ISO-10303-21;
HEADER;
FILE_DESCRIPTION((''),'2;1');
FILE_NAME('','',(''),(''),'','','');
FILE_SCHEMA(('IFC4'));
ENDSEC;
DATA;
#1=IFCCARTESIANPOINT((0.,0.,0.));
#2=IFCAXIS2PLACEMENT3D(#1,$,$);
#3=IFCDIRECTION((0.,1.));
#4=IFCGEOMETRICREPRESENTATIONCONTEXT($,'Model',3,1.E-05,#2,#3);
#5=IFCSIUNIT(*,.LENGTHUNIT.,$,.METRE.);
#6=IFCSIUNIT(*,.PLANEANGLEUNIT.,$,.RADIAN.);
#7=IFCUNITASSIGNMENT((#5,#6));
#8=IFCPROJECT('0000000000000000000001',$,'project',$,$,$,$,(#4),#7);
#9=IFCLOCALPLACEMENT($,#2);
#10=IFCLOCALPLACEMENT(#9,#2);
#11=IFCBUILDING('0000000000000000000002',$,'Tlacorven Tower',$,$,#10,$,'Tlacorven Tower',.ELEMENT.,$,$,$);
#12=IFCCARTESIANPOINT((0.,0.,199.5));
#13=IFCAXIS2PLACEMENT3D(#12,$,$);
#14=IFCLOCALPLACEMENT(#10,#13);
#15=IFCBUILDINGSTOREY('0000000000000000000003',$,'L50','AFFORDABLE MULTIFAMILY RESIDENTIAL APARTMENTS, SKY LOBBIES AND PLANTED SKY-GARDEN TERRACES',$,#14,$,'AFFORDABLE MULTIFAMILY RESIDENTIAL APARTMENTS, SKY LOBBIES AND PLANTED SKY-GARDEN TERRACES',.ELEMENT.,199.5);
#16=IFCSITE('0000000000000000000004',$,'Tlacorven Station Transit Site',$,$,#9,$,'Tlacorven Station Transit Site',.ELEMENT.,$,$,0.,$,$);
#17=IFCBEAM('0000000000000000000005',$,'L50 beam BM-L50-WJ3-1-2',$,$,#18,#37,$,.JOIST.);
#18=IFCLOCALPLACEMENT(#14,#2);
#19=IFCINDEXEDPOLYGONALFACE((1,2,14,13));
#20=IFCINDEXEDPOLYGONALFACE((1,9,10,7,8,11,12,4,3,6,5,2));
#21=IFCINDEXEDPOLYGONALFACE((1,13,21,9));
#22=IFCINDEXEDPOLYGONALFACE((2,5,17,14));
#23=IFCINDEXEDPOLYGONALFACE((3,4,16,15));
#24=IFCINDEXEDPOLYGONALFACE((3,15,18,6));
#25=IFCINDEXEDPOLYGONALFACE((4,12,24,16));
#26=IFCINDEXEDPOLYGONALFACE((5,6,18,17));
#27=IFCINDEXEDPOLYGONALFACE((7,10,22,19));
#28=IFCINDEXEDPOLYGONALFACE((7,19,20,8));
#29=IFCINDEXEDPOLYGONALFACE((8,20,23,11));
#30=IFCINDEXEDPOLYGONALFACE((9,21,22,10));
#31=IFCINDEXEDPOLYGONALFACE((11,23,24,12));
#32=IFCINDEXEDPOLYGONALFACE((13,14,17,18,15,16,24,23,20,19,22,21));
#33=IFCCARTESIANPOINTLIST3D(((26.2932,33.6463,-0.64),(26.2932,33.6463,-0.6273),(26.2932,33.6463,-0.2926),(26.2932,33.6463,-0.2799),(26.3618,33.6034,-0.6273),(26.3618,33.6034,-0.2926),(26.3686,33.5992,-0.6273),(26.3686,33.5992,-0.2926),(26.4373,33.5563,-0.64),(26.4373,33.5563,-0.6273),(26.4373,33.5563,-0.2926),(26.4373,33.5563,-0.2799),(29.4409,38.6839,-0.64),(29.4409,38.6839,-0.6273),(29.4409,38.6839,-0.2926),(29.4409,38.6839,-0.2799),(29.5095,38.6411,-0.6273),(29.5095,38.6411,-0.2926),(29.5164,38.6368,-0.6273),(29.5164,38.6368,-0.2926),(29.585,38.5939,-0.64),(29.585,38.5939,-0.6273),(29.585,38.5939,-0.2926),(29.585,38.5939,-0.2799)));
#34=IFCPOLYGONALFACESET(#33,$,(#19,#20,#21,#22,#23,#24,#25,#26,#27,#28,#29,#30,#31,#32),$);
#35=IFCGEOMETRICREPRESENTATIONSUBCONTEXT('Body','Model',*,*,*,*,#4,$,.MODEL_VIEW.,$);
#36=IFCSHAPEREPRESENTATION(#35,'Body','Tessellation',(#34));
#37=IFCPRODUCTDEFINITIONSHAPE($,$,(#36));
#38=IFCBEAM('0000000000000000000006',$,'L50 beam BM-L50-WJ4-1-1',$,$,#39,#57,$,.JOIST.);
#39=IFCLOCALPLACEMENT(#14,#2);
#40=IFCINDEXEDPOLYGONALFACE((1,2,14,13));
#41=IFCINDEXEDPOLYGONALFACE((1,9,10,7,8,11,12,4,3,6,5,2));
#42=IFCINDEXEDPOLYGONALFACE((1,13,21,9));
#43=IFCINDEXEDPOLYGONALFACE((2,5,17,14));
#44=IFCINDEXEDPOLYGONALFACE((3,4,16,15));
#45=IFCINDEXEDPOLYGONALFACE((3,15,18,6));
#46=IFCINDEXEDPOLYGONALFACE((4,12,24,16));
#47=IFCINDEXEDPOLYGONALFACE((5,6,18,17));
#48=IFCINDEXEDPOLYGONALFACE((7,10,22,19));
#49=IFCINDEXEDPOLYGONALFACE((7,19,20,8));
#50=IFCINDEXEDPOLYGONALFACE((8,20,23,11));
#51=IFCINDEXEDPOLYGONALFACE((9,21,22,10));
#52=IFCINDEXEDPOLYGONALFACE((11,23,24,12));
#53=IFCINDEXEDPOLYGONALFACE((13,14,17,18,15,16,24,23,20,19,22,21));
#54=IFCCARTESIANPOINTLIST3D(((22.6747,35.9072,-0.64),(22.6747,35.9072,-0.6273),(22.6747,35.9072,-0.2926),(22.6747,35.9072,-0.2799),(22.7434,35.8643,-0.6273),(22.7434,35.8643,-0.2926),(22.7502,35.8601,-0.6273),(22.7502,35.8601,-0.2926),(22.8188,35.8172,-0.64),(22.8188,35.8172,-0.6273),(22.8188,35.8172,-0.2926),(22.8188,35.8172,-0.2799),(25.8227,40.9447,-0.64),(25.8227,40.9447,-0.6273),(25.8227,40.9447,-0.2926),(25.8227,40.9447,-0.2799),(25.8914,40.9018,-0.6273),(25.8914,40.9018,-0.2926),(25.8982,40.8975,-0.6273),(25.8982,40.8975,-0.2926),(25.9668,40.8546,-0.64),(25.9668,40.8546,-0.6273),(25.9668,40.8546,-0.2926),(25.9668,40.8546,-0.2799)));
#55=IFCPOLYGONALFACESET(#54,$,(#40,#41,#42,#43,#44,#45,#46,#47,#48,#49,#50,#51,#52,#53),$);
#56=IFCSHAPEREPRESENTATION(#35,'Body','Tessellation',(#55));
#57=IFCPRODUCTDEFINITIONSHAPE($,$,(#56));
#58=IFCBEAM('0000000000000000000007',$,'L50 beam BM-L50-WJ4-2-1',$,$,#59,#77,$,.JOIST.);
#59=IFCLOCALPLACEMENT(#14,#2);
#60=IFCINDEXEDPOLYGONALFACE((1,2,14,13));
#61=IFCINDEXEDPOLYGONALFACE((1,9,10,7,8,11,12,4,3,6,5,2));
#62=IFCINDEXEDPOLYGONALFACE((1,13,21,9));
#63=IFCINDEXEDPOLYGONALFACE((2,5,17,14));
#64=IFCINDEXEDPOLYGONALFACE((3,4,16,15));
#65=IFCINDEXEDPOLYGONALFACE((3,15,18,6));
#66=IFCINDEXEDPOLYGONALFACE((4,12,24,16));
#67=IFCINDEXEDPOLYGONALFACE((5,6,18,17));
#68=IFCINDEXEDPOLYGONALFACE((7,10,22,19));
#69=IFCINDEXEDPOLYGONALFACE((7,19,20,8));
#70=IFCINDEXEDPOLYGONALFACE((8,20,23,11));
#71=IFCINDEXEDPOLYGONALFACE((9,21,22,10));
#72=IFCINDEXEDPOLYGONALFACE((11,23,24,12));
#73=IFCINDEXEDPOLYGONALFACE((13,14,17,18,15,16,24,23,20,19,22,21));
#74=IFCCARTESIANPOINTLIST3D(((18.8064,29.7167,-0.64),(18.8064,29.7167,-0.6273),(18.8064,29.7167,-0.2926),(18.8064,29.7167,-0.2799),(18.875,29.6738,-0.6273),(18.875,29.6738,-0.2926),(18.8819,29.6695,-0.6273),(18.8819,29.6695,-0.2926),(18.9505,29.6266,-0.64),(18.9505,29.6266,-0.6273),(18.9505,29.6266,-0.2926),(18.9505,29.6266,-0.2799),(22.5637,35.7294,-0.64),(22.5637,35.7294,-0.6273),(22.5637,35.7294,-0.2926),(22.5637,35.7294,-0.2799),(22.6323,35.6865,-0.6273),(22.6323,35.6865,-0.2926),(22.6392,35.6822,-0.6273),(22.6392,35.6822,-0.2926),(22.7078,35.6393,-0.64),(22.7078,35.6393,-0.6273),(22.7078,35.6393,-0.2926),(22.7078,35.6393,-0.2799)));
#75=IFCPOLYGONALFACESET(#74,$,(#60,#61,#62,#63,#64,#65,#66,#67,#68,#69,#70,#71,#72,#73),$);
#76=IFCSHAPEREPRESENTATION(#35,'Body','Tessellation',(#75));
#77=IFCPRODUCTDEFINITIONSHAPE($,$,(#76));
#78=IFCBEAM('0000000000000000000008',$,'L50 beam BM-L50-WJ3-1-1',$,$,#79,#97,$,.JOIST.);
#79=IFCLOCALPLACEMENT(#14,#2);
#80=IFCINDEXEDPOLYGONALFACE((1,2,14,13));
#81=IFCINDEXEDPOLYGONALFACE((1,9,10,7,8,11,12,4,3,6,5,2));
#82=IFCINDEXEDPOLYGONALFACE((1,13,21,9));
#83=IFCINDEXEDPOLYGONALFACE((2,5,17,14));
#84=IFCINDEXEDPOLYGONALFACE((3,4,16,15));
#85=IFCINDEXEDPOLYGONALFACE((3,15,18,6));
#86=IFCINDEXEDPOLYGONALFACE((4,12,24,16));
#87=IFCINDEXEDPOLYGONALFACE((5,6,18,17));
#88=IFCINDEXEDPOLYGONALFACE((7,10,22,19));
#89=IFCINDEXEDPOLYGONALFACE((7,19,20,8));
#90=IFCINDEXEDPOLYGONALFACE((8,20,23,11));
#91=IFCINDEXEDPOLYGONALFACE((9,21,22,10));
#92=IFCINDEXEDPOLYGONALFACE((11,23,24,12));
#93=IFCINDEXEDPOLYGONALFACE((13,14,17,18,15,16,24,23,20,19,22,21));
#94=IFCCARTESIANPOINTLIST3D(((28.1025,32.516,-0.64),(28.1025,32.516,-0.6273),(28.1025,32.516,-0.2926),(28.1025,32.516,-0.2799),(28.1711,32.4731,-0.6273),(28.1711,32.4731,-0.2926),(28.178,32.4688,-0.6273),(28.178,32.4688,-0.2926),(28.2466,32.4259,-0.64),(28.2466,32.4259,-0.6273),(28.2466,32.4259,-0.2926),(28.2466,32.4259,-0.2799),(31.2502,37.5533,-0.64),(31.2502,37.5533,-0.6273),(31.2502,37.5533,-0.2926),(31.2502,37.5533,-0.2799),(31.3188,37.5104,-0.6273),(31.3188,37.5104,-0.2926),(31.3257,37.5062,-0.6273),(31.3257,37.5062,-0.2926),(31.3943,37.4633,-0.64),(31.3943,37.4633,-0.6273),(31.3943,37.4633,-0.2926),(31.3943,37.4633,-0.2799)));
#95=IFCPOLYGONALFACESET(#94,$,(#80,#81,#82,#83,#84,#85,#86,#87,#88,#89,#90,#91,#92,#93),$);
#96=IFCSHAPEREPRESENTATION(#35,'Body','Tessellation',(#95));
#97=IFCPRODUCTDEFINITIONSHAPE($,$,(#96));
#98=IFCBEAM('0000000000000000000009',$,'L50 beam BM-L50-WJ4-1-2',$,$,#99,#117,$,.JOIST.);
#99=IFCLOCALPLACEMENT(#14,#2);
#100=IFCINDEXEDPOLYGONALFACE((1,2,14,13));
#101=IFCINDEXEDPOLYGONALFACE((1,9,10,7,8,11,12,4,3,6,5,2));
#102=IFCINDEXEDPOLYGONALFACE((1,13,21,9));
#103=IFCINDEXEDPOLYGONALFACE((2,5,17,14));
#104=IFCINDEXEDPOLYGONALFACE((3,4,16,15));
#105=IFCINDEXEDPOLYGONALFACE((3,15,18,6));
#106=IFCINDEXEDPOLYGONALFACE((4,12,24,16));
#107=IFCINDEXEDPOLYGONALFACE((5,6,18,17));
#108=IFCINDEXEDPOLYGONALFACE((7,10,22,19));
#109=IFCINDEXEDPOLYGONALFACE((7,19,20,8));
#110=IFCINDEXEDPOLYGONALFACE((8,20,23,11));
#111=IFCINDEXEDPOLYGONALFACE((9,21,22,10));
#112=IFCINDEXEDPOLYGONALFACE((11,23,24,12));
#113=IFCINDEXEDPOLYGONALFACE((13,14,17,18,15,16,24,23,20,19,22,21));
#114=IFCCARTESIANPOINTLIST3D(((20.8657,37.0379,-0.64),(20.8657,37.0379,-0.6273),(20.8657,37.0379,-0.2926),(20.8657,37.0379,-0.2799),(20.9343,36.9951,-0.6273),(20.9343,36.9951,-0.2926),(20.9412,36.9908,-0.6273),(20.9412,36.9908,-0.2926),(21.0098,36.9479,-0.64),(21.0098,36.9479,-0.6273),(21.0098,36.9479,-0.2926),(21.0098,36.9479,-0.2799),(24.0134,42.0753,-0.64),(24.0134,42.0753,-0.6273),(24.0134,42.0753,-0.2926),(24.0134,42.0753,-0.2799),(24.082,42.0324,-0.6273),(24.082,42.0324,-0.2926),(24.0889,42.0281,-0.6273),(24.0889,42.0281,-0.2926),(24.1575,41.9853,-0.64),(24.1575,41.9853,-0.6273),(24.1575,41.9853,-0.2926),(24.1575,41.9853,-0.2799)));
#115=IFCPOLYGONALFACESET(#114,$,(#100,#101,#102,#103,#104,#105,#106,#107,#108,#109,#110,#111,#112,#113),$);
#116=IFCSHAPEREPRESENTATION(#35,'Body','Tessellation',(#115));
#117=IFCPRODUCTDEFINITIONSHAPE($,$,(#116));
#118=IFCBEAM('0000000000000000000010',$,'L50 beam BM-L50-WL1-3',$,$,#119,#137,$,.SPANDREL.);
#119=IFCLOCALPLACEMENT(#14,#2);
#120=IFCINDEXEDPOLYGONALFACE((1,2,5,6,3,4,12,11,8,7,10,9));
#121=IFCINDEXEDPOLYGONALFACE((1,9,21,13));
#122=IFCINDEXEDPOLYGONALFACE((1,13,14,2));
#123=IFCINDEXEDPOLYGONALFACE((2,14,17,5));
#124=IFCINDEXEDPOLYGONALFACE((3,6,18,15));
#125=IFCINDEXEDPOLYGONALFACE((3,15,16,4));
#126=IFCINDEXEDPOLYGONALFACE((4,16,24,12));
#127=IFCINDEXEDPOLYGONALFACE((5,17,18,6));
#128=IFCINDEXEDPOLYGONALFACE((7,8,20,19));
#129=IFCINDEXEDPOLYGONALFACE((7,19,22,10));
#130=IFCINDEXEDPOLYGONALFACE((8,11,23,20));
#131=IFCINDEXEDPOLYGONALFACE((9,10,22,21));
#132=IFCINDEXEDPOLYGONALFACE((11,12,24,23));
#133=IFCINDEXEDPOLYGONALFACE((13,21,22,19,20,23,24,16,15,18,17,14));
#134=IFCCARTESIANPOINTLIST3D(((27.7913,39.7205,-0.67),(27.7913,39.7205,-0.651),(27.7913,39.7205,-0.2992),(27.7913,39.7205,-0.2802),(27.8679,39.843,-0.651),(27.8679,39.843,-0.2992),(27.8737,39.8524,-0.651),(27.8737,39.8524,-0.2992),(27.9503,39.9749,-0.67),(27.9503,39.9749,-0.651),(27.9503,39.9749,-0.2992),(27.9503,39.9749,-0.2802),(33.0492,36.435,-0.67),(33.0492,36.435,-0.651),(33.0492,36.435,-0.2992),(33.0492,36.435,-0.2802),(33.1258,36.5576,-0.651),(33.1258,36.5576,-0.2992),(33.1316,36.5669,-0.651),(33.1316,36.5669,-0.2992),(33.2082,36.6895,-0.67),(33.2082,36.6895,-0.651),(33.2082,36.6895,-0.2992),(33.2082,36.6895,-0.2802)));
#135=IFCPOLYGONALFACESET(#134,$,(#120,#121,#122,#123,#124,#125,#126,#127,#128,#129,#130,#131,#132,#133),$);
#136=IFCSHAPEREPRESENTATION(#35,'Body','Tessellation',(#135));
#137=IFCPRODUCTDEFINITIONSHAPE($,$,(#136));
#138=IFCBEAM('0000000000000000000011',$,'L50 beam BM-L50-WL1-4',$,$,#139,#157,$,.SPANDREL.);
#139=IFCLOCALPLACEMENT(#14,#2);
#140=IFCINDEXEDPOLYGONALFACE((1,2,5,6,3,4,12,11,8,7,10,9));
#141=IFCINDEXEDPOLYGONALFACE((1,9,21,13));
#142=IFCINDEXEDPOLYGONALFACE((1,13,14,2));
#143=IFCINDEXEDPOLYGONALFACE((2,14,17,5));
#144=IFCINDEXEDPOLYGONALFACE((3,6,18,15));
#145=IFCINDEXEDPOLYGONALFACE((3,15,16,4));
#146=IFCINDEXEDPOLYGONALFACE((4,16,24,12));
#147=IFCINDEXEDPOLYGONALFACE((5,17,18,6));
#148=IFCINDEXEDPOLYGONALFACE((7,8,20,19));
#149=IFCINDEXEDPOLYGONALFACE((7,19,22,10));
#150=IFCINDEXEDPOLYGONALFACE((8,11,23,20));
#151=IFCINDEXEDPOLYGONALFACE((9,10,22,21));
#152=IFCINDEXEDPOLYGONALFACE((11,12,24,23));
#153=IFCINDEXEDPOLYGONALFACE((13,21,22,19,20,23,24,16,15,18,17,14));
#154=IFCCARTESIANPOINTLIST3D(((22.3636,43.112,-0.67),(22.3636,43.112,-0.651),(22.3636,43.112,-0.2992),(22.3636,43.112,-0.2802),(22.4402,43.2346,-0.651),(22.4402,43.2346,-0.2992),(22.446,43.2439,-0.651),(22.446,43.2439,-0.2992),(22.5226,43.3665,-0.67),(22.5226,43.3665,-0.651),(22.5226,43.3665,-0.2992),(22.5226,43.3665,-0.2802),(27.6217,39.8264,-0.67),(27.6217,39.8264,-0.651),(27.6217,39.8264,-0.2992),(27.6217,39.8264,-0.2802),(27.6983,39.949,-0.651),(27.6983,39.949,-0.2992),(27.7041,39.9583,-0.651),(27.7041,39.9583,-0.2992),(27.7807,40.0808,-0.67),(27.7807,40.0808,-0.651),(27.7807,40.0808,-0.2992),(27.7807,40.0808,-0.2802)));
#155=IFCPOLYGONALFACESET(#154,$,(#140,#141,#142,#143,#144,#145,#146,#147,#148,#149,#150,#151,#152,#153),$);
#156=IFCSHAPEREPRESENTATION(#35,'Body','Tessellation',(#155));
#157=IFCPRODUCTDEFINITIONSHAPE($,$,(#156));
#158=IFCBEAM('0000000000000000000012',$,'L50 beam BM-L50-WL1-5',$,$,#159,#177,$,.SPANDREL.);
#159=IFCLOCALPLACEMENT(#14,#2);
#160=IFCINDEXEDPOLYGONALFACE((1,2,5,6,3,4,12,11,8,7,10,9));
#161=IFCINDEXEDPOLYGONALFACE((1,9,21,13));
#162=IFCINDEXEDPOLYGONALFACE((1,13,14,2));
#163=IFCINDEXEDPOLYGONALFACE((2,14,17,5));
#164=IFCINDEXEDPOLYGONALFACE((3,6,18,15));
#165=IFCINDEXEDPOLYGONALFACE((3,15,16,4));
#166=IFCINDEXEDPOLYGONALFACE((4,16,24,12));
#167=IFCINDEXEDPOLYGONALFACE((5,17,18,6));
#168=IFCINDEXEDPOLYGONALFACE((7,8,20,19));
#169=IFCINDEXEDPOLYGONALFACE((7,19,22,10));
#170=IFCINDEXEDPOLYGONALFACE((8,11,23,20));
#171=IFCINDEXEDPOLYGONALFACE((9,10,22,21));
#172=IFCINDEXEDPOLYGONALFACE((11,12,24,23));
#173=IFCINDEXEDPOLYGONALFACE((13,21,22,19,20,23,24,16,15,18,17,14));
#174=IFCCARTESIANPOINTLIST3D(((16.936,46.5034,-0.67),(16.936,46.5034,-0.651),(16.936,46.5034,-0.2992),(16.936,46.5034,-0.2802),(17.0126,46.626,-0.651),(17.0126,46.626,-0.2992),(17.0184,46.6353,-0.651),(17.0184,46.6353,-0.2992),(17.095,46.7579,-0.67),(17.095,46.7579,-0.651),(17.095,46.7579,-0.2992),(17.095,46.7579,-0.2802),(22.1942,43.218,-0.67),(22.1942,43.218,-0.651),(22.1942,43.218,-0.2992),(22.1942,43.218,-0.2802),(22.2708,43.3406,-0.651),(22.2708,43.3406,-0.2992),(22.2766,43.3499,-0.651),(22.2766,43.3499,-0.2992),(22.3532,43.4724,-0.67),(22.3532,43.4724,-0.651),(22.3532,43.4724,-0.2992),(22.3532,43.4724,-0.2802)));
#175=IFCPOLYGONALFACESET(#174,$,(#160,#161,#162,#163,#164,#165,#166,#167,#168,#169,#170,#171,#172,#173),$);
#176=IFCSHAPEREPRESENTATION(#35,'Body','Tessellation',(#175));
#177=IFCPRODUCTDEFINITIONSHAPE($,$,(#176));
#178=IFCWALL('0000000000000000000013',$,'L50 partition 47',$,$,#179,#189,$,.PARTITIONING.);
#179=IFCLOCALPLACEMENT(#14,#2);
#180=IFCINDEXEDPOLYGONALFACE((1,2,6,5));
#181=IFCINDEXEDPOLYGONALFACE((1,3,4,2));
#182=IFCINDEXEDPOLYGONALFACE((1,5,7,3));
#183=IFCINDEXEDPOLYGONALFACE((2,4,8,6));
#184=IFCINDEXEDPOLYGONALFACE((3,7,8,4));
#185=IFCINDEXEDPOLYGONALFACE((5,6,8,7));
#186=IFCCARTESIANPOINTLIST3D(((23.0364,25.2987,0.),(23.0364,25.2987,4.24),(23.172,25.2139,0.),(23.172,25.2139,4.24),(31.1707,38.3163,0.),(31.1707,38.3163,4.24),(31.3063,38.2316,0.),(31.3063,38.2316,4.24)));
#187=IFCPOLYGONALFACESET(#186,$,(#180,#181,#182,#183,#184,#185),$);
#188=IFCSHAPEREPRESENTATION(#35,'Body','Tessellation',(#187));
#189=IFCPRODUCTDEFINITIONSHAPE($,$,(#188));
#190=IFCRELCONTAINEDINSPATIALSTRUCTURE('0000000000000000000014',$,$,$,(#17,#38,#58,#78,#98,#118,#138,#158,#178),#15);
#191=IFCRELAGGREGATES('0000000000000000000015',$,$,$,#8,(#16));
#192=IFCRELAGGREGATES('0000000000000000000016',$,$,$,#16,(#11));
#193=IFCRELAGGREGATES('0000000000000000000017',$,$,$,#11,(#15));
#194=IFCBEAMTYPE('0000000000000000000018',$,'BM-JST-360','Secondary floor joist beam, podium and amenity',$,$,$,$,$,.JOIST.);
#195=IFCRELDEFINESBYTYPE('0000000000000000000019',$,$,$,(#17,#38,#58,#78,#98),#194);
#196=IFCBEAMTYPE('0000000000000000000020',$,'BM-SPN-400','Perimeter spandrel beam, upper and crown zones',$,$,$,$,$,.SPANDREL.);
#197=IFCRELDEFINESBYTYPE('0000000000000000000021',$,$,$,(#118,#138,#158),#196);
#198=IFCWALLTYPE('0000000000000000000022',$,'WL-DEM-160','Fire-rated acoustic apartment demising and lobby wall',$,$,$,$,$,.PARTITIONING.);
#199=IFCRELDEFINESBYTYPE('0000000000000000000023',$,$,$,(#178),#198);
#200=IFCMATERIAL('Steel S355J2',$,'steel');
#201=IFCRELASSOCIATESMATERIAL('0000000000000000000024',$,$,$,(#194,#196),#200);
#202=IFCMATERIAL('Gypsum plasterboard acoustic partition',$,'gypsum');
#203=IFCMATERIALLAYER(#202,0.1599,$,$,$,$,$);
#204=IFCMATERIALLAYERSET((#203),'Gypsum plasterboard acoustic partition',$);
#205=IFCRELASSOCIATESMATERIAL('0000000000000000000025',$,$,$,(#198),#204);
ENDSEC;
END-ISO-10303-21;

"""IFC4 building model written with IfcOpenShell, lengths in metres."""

from ifc_helpers import new_model, si_unit, direction, frame, frame_2d, origin, origin_2d, place, context, subcontext, project, spatial, rectangle, i_section, extrude, source, transform, mapped, material, layer, layer_set, material_profile, profile_set, type_object, element, save


model = new_model("IFC4")

# Units and contexts
model_context = context("Model", 3, precision=1e-05, world=origin(), true_north=direction((0.0, 1.0)))
body_context = subcontext(model_context, "Body", "Model", "MODEL_VIEW")
ifc_project = project(units=[si_unit("LENGTHUNIT", "METRE"), si_unit("PLANEANGLEUNIT", "RADIAN")], contexts=[model_context])

# Site, building, storey
site_placement = place(None, origin())
site = spatial("IfcSite", under=ifc_project, at=site_placement, Name="Tlacorven Station Transit Site", LongName="Tlacorven Station Transit Site", CompositionType="ELEMENT", RefElevation=0.0)
building_placement = place(site_placement, origin())
building = spatial("IfcBuilding", under=site, at=building_placement, Name="Tlacorven Tower", LongName="Tlacorven Tower", CompositionType="ELEMENT")
storey_placement = place(building_placement, frame((0.0, 0.0, 199.5)))
storey = spatial("IfcBuildingStorey", under=building, at=storey_placement, Name="L50", Description="AFFORDABLE MULTIFAMILY RESIDENTIAL APARTMENTS, SKY LOBBIES AND PLANTED SKY-GARDEN TERRACES", LongName="AFFORDABLE MULTIFAMILY RESIDENTIAL APARTMENTS, SKY LOBBIES AND PLANTED SKY-GARDEN TERRACES", CompositionType="ELEMENT", Elevation=199.5)

# Beams
ifc_material_1 = material(Name="Steel S355J2", Category="steel")
ifc_material_profile_1 = material_profile(ifc_material_1, i_section(OverallWidth=0.1699, OverallDepth=0.3601, WebThickness=0.0081, FlangeThickness=0.0127, at=origin_2d()), Name="IPE 360")
ifc_profile_set_1 = profile_set([ifc_material_profile_1], Name="Steel S355J2")
beam_type_1 = type_object("IfcBeamType", Name="BM-JST-360", Description="Secondary floor joist beam, podium and amenity", PredefinedType="JOIST", material=ifc_profile_set_1)
shared_shape_1 = source(origin(), body_context, "Body", "SweptSolid", [
    extrude(i_section(OverallWidth=0.1699, OverallDepth=0.3601, WebThickness=0.0081, FlangeThickness=0.0127, at=origin_2d()), origin(), (0.0, 0.0, 1.0), 5.9402),
])
for number, where, z_axis, x_axis, name in (
    (1, (29.5129, 38.6389, -0.46), (-0.529903, -0.848058, 0.0), (0.848058, -0.529903, 0.0), "L50 beam BM-L50-WJ3-1-2"),
    (2, (25.8948, 40.8997, -0.46), (-0.529951, -0.848028, 0.0), (0.848028, -0.529951, 0.0), "L50 beam BM-L50-WJ4-1-1"),
):
    element("IfcBeam", number, at=place(storey_placement, frame(where, z_axis=z_axis, x_axis=x_axis)), inside=storey, type_object=beam_type_1, Name=name, PredefinedType="JOIST", context=body_context, shape_type="MappedRepresentation", body=[
        mapped(shared_shape_1, transform((0.0, 0.0, 0.0), scale=1.0)),
    ])
shared_shape_2 = source(origin(), body_context, "Body", "SweptSolid", [
    extrude(i_section(OverallWidth=0.1699, OverallDepth=0.3601, WebThickness=0.0081, FlangeThickness=0.0127, at=origin_2d()), origin(), (0.0, 0.0, 1.0), 7.0901),
])
beam_1_placement = place(storey_placement, frame((22.6357, 35.6843, -0.46), z_axis=(-0.529937, -0.848037, 0.0), x_axis=(0.848037, -0.529937, 0.0)))
element("IfcBeam", 3, at=beam_1_placement, inside=storey, type_object=beam_type_1, Name="L50 beam BM-L50-WJ4-2-1", PredefinedType="JOIST", context=body_context, shape_type="MappedRepresentation", body=[
    mapped(shared_shape_2, transform((0.0, 0.0, 0.0), scale=1.0)),
])
shared_shape_3 = source(origin(), body_context, "Body", "SweptSolid", [
    extrude(i_section(OverallWidth=0.1699, OverallDepth=0.3601, WebThickness=0.0081, FlangeThickness=0.0127, at=origin_2d()), origin(), (0.0, 0.0, 1.0), 5.9399),
])
for number, where, z_axis, x_axis, name in (
    (4, (31.3223, 37.5083, -0.46), (-0.529921, -0.848047, 0.0), (0.848047, -0.529921, 0.0), "L50 beam BM-L50-WJ3-1-1"),
    (5, (24.0854, 42.0303, -0.46), (-0.529921, -0.848047, 0.0), (0.848047, -0.529921, 0.0), "L50 beam BM-L50-WJ4-1-2"),
):
    element("IfcBeam", number, at=place(storey_placement, frame(where, z_axis=z_axis, x_axis=x_axis)), inside=storey, type_object=beam_type_1, Name=name, PredefinedType="JOIST", context=body_context, shape_type="MappedRepresentation", body=[
        mapped(shared_shape_3, transform((0.0, 0.0, 0.0), scale=1.0)),
    ])
ifc_material_profile_2 = material_profile(ifc_material_1, i_section(OverallWidth=0.3, OverallDepth=0.3899, WebThickness=0.011, FlangeThickness=0.019, at=origin_2d()), Name="HEA 400")
ifc_profile_set_2 = profile_set([ifc_material_profile_2], Name="Steel S355J2")
beam_type_2 = type_object("IfcBeamType", Name="BM-SPN-400", Description="Perimeter spandrel beam, upper and crown zones", PredefinedType="SPANDREL", material=ifc_profile_set_2)
shared_shape_4 = source(origin(), body_context, "Body", "SweptSolid", [
    extrude(i_section(OverallWidth=0.3, OverallDepth=0.3899, WebThickness=0.011, FlangeThickness=0.019, at=origin_2d()), origin(), (0.0, 0.0, 1.0), 6.2),
])
beam_2_placement = place(storey_placement, frame((33.1287, 36.5623, -0.4751), z_axis=(-0.848051, 0.529914, 0.0), x_axis=(-0.529914, -0.848051, 0.0)))
element("IfcBeam", 6, at=beam_2_placement, inside=storey, type_object=beam_type_2, Name="L50 beam BM-L50-WL1-3", PredefinedType="SPANDREL", context=body_context, shape_type="MappedRepresentation", body=[
    mapped(shared_shape_4, transform((0.0, 0.0, 0.0), scale=1.0)),
])
shared_shape_5 = source(origin(), body_context, "Body", "SweptSolid", [
    extrude(i_section(OverallWidth=0.3, OverallDepth=0.3899, WebThickness=0.011, FlangeThickness=0.019, at=origin_2d()), origin(), (0.0, 0.0, 1.0), 6.2002),
])
for number, where, z_axis, x_axis, name in (
    (7, (27.7012, 39.9536, -0.4751), (-0.848045, 0.529925, 0.0), (-0.529925, -0.848045, 0.0), "L50 beam BM-L50-WL1-4"),
    (8, (22.2737, 43.3452, -0.4751), (-0.848062, 0.529896, 0.0), (-0.529896, -0.848062, 0.0), "L50 beam BM-L50-WL1-5"),
):
    element("IfcBeam", number, at=place(storey_placement, frame(where, z_axis=z_axis, x_axis=x_axis)), inside=storey, type_object=beam_type_2, Name=name, PredefinedType="SPANDREL", context=body_context, shape_type="MappedRepresentation", body=[
        mapped(shared_shape_5, transform((0.0, 0.0, 0.0), scale=1.0)),
    ])

# Wall
ifc_material_2 = material(Name="Gypsum plasterboard acoustic partition", Category="gypsum")
ifc_layer_1 = layer(ifc_material_2, 0.1599)
ifc_layer_set_1 = layer_set([ifc_layer_1], Name="Gypsum plasterboard acoustic partition")
wall_type = type_object("IfcWallType", Name="WL-DEM-160", Description="Fire-rated acoustic apartment demising and lobby wall", PredefinedType="PARTITIONING", material=ifc_layer_set_1)
wall_1_placement = place(storey_placement, frame((31.2385, 38.2739, 0.0), z_axis=(0.0, 0.0, 1.0), x_axis=(-0.529919, -0.848048, 0.0)))
element("IfcWall", 9, at=wall_1_placement, inside=storey, type_object=wall_type, Name="L50 partition 47", PredefinedType="PARTITIONING", context=body_context, shape_type="SweptSolid", body=[
    extrude(rectangle(XDim=15.3501, YDim=0.1599, at=frame_2d((7.675, 0.0))), origin(), (0.0, 0.0, 1.0), 4.24),
])

save(model, "model.ifc")
